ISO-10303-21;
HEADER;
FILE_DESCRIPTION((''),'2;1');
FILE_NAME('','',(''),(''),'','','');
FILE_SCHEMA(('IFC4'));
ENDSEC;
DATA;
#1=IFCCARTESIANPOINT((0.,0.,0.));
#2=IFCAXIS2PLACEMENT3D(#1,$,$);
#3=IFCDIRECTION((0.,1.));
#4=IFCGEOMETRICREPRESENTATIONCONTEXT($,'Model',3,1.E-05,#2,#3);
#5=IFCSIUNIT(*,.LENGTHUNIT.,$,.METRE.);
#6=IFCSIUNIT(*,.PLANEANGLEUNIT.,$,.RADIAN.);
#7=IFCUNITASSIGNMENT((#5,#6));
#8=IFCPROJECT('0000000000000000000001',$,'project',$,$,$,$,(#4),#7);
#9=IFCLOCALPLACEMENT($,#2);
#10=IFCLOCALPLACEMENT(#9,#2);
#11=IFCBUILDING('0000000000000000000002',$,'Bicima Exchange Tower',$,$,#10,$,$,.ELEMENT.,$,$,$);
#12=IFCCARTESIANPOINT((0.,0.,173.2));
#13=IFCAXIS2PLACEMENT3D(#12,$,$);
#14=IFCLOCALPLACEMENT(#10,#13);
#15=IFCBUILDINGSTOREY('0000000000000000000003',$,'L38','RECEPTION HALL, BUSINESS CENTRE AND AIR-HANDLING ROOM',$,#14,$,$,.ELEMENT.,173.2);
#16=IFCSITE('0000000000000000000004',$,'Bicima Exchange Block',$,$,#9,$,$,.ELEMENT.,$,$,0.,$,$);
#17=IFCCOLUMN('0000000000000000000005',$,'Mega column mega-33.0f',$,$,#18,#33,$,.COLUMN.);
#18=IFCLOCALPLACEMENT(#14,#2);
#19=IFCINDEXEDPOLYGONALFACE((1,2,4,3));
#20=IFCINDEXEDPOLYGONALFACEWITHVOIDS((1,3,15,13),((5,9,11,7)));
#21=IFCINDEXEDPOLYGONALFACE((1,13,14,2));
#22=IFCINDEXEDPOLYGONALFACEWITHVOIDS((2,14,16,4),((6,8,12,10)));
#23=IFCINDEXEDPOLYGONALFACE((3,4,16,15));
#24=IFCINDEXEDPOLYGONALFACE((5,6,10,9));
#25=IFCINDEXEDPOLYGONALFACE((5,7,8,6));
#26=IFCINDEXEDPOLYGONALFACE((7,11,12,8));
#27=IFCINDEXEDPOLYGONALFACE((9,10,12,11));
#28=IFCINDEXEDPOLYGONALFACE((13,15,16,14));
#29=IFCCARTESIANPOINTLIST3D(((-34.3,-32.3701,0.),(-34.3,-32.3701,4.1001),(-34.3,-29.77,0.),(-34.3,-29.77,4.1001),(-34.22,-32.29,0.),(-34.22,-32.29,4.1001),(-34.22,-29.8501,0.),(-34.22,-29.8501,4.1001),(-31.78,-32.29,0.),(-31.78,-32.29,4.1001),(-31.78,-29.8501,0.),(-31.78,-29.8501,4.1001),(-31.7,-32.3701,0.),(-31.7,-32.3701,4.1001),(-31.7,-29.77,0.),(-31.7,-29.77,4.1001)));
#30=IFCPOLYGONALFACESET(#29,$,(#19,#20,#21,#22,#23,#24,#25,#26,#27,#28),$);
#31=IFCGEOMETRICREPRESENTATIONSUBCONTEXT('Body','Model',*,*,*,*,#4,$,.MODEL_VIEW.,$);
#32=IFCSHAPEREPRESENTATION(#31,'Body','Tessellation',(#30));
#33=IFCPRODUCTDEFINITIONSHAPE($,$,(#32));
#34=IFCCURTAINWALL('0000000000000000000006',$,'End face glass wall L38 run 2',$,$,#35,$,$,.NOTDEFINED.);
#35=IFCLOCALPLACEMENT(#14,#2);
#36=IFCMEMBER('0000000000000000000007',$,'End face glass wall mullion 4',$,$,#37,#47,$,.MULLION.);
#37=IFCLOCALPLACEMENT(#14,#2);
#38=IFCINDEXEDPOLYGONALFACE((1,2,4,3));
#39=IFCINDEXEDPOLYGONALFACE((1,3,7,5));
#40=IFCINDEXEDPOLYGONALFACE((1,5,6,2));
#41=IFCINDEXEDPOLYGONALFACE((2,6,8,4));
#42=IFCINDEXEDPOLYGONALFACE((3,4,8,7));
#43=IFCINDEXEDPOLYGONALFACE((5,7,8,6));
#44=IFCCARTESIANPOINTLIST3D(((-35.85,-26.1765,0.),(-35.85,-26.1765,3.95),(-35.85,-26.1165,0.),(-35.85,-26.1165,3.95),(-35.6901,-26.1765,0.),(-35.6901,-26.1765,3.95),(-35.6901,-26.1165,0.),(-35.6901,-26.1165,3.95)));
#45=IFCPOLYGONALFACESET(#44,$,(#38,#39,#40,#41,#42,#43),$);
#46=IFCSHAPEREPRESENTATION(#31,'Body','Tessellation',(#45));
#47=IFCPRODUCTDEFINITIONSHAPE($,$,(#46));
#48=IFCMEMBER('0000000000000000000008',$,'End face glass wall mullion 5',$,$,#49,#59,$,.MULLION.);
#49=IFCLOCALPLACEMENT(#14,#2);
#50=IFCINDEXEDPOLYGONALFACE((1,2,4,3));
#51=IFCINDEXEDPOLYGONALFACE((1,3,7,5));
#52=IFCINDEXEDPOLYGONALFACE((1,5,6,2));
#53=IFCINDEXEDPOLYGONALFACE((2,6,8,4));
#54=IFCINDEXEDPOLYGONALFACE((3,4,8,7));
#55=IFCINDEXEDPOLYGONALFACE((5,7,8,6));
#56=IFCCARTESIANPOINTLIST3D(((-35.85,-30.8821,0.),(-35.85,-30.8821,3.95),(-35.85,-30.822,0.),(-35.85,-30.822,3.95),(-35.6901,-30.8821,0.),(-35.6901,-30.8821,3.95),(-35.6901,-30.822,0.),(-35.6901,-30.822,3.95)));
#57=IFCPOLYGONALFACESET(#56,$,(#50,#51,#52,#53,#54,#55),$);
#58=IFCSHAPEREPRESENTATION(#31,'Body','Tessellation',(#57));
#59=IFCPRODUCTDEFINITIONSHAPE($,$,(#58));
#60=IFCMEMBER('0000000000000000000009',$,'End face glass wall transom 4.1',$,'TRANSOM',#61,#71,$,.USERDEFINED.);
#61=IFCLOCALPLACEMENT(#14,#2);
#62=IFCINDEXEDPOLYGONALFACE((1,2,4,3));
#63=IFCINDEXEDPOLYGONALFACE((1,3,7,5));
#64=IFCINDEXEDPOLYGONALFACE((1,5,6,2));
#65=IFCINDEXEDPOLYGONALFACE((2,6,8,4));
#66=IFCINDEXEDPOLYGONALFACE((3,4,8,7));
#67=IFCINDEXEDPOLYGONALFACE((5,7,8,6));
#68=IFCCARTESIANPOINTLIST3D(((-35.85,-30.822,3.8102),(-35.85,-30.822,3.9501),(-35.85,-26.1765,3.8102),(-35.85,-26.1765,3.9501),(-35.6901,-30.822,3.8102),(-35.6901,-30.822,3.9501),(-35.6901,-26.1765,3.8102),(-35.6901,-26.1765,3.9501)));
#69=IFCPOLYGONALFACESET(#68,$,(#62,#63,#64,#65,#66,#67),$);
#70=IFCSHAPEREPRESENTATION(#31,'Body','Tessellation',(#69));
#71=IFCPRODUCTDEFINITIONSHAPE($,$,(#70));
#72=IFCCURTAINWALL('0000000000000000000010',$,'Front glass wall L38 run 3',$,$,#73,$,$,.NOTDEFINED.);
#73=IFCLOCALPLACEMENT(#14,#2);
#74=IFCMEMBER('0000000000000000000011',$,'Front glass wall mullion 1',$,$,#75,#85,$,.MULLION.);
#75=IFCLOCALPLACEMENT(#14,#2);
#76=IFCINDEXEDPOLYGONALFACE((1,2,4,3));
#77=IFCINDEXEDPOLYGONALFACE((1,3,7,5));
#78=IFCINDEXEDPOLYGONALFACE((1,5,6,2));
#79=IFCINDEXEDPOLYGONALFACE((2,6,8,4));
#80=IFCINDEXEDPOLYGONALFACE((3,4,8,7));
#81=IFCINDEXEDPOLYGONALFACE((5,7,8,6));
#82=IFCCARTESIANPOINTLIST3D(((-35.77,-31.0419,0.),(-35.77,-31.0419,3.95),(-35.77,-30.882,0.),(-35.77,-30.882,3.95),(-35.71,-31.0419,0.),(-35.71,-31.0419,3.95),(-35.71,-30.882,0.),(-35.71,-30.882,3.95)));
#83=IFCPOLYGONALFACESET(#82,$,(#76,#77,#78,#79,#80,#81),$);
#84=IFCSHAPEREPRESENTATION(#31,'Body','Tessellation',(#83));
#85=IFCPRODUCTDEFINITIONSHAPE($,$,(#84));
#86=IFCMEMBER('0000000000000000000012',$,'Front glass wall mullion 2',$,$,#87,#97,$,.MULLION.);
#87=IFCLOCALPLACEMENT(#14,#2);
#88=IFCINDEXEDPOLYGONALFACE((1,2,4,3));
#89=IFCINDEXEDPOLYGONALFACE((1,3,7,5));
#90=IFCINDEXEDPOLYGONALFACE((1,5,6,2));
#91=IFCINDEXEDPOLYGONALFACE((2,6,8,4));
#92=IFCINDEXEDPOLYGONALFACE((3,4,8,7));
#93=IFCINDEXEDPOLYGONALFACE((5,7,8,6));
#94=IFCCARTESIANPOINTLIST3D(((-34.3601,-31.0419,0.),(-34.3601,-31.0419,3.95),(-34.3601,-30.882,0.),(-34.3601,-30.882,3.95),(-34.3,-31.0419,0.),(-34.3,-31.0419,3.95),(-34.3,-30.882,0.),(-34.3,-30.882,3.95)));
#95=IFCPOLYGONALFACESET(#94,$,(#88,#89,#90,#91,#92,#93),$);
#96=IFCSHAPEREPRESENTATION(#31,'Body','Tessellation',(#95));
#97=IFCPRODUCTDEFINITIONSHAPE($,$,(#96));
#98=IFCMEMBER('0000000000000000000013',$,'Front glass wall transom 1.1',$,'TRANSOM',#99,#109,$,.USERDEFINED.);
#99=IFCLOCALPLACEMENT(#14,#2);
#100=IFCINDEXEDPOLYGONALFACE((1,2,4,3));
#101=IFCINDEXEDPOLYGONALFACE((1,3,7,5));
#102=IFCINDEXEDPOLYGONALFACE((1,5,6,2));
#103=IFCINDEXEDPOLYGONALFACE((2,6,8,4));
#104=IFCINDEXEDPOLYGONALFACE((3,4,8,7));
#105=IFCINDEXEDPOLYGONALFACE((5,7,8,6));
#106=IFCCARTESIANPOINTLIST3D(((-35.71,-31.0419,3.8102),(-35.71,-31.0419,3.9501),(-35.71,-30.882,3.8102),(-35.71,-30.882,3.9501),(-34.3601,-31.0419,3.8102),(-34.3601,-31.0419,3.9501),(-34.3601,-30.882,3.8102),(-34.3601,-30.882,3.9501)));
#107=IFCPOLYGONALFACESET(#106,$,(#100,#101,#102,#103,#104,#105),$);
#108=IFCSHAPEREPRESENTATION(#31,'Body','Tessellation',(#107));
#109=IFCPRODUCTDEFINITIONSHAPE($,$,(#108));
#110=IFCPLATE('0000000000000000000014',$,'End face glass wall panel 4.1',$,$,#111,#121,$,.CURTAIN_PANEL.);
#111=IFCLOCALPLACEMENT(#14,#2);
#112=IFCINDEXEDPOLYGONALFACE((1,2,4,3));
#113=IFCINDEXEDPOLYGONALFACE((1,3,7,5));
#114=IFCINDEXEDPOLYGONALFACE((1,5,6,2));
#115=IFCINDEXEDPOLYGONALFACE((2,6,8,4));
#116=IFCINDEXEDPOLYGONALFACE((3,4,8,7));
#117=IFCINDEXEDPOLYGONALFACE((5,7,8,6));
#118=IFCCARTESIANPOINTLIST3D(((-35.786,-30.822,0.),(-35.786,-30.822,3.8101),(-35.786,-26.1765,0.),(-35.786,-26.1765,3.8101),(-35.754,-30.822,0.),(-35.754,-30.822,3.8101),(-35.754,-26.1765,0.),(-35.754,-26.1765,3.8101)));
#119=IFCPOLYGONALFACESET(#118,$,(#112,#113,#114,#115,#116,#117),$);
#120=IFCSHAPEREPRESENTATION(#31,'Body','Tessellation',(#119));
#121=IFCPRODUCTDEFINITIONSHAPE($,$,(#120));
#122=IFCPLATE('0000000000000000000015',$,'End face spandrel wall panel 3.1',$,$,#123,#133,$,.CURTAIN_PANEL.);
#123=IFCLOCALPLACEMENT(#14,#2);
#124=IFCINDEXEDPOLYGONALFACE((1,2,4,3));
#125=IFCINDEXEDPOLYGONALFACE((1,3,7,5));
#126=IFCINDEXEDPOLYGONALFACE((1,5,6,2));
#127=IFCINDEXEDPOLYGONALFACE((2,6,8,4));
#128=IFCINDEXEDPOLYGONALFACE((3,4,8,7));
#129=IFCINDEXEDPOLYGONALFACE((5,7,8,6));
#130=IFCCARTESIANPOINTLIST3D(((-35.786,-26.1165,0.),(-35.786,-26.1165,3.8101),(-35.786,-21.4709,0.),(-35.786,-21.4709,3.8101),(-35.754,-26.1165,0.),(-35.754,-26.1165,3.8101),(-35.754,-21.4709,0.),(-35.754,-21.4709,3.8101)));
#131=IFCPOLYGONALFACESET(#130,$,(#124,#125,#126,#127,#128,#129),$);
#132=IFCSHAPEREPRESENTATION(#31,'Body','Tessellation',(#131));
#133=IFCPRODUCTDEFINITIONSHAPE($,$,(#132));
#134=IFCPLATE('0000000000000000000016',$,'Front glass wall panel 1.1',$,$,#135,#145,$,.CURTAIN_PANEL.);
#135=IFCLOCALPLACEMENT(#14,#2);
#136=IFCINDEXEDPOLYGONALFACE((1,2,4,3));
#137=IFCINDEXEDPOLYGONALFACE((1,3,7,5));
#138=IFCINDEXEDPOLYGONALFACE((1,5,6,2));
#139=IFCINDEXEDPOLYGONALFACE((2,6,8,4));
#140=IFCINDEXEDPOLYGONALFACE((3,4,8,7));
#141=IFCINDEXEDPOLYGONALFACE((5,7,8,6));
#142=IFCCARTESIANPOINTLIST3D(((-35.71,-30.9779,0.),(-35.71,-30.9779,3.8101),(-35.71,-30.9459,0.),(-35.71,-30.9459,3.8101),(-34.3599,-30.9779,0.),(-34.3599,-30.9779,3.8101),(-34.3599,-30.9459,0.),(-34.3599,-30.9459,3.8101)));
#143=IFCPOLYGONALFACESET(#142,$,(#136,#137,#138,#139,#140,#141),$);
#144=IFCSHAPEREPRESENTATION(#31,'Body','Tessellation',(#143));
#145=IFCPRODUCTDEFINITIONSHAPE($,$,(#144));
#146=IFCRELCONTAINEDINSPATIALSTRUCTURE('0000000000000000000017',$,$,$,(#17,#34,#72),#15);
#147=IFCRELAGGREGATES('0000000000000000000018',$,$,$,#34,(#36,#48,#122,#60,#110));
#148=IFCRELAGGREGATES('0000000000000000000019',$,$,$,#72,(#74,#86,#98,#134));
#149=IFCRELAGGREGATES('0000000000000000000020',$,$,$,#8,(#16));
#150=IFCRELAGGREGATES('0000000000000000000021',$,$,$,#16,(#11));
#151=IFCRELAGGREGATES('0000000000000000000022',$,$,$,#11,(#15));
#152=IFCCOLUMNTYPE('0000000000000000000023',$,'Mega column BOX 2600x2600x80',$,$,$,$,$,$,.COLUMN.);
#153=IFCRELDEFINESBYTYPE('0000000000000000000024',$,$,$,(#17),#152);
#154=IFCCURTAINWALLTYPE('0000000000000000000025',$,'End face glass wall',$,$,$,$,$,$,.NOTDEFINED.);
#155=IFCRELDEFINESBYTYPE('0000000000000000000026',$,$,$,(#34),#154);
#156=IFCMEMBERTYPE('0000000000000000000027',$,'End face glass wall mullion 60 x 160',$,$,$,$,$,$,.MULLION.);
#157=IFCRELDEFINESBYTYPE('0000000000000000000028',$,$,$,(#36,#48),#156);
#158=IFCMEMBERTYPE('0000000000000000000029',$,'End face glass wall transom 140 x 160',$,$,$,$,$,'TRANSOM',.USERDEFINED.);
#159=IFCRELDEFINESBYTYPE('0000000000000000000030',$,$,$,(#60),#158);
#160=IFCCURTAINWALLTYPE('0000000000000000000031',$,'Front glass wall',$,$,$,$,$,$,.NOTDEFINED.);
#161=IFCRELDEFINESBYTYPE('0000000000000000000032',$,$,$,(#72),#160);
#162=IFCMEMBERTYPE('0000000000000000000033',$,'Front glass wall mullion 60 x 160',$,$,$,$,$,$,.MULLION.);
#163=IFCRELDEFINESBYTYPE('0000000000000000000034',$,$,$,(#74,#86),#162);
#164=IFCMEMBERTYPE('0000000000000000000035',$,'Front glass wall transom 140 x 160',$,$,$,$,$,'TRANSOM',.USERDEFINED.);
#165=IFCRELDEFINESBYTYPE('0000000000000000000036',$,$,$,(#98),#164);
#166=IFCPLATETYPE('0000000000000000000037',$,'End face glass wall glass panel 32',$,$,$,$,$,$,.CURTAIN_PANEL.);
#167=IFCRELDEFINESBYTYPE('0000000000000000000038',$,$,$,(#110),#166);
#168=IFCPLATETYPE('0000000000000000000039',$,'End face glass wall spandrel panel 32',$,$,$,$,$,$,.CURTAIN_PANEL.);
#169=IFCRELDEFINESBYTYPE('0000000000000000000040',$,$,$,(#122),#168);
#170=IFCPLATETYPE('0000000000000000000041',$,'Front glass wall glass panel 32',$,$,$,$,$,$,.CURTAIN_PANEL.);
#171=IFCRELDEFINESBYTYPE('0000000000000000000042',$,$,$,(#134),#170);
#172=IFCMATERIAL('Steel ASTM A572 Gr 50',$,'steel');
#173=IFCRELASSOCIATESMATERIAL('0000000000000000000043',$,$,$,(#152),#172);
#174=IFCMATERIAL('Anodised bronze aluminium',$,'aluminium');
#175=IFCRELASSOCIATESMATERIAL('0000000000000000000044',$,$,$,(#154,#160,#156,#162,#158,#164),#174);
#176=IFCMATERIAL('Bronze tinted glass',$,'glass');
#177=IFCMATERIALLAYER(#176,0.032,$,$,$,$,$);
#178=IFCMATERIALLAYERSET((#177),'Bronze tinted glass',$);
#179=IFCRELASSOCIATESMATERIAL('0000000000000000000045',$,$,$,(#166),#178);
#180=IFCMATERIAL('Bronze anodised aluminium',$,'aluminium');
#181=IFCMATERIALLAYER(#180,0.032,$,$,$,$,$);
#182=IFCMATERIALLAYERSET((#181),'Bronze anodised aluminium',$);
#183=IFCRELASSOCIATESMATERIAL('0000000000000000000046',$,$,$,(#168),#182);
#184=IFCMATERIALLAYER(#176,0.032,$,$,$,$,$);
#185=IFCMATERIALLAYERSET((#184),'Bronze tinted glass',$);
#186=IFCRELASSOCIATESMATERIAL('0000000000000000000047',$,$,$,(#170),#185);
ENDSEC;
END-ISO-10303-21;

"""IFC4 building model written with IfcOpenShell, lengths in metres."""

from ifc_helpers import new_model, si_unit, direction, frame, origin, origin_2d, place, context, subcontext, project, spatial, rectangle, hollow_rectangle, extrude, material, layer, layer_set, material_profile, profile_set, type_object, element, aggregate, save


model = new_model("IFC4")

# Units and contexts
model_context = context("Model", 3, precision=1e-05, world=origin(), true_north=direction((0.0, 1.0)))
body_context = subcontext(model_context, "Body", "Model", "MODEL_VIEW")
ifc_project = project(units=[si_unit("LENGTHUNIT", "METRE"), si_unit("PLANEANGLEUNIT", "RADIAN")], contexts=[model_context])

# Site, building, storey
site_placement = place(None, origin())
site = spatial("IfcSite", under=ifc_project, at=site_placement, Name="Bicima Exchange Block", CompositionType="ELEMENT", RefElevation=0.0)
building_placement = place(site_placement, origin())
building = spatial("IfcBuilding", under=site, at=building_placement, Name="Bicima Exchange Tower", CompositionType="ELEMENT")
storey_placement = place(building_placement, frame((0.0, 0.0, 173.2)))
storey = spatial("IfcBuildingStorey", under=building, at=storey_placement, Name="L38", Description="RECEPTION HALL, BUSINESS CENTRE AND AIR-HANDLING ROOM", CompositionType="ELEMENT", Elevation=173.2)

# Column
ifc_material_1 = material(Name="Steel ASTM A572 Gr 50", Category="steel")
ifc_material_profile_1 = material_profile(ifc_material_1, hollow_rectangle(XDim=2.6001, YDim=2.6001, WallThickness=0.0801, at=origin_2d()))
ifc_profile_set_1 = profile_set([ifc_material_profile_1], Name="Steel ASTM A572 Gr 50")
column_type = type_object("IfcColumnType", Name="Mega column BOX 2600x2600x80", PredefinedType="COLUMN", material=ifc_profile_set_1)
column_placement = place(storey_placement, frame((-33.0, -31.0701, 0.0), z_axis=(0.0, 0.0, 1.0), x_axis=(1.0, 0.0, 0.0)))
element("IfcColumn", 1, at=column_placement, inside=storey, type_object=column_type, Name="Mega column mega-33.0f", PredefinedType="COLUMN", context=body_context, shape_type="SweptSolid", body=[
    extrude(hollow_rectangle(XDim=2.6001, YDim=2.6001, WallThickness=0.0801, at=origin_2d()), origin(), (0.0, 0.0, 1.0), 4.1001),
])

# Curtain walls, members
ifc_material_2 = material(Name="Anodised bronze aluminium", Category="aluminium")
curtain_wall_type_1 = type_object("IfcCurtainWallType", Name="End face glass wall", PredefinedType="NOTDEFINED", material=ifc_material_2)
curtain_wall_1_placement = place(storey_placement, origin())
curtain_wall_1 = element("IfcCurtainWall", 2, at=curtain_wall_1_placement, inside=storey, type_object=curtain_wall_type_1, Name="End face glass wall L38 run 2", PredefinedType="NOTDEFINED")
ifc_material_profile_2 = material_profile(ifc_material_2, rectangle(XDim=0.1599, YDim=0.0601, at=origin_2d()))
ifc_profile_set_2 = profile_set([ifc_material_profile_2], Name="Anodised bronze aluminium")
member_type_1 = type_object("IfcMemberType", Name="End face glass wall mullion 60 x 160", PredefinedType="MULLION", material=ifc_profile_set_2)
member_1_placement = place(storey_placement, frame((-35.77, -26.1465, 0.0), z_axis=(0.0, 0.0, 1.0), x_axis=(1.0, 0.0, 0.0)))
member_1 = element("IfcMember", 3, at=member_1_placement, type_object=member_type_1, Name="End face glass wall mullion 4", PredefinedType="MULLION", context=body_context, shape_type="SweptSolid", body=[
    extrude(rectangle(XDim=0.1599, YDim=0.0601, at=origin_2d()), origin(), (0.0, 0.0, 1.0), 3.95),
])
member_2_placement = place(storey_placement, frame((-35.77, -30.8521, 0.0), z_axis=(0.0, 0.0, 1.0), x_axis=(1.0, 0.0, 0.0)))
member_2 = element("IfcMember", 4, at=member_2_placement, type_object=member_type_1, Name="End face glass wall mullion 5", PredefinedType="MULLION", context=body_context, shape_type="SweptSolid", body=[
    extrude(rectangle(XDim=0.1599, YDim=0.0601, at=origin_2d()), origin(), (0.0, 0.0, 1.0), 3.95),
])
ifc_material_profile_3 = material_profile(ifc_material_2, rectangle(XDim=0.1599, YDim=0.1399, at=origin_2d()))
ifc_profile_set_3 = profile_set([ifc_material_profile_3], Name="Anodised bronze aluminium")
member_type_2 = type_object("IfcMemberType", Name="End face glass wall transom 140 x 160", ElementType="TRANSOM", PredefinedType="USERDEFINED", material=ifc_profile_set_3)
member_3_placement = place(storey_placement, frame((-35.77, -26.1765, 3.8801), z_axis=(0.0, -1.0, 0.0), x_axis=(1.0, 0.0, 0.0)))
member_3 = element("IfcMember", 5, at=member_3_placement, type_object=member_type_2, Name="End face glass wall transom 4.1", ObjectType="TRANSOM", PredefinedType="USERDEFINED", context=body_context, shape_type="SweptSolid", body=[
    extrude(rectangle(XDim=0.1599, YDim=0.1399, at=origin_2d()), origin(), (0.0, 0.0, 1.0), 4.6455),
])
curtain_wall_type_2 = type_object("IfcCurtainWallType", Name="Front glass wall", PredefinedType="NOTDEFINED", material=ifc_material_2)
curtain_wall_2_placement = place(storey_placement, origin())
curtain_wall_2 = element("IfcCurtainWall", 6, at=curtain_wall_2_placement, inside=storey, type_object=curtain_wall_type_2, Name="Front glass wall L38 run 3", PredefinedType="NOTDEFINED")
member_type_3 = type_object("IfcMemberType", Name="Front glass wall mullion 60 x 160", PredefinedType="MULLION", material=ifc_profile_set_2)
member_4_placement = place(storey_placement, frame((-35.74, -30.9619, 0.0), z_axis=(0.0, 0.0, 1.0), x_axis=(0.0, 1.0, 0.0)))
member_4 = element("IfcMember", 7, at=member_4_placement, type_object=member_type_3, Name="Front glass wall mullion 1", PredefinedType="MULLION", context=body_context, shape_type="SweptSolid", body=[
    extrude(rectangle(XDim=0.1599, YDim=0.0601, at=origin_2d()), origin(), (0.0, 0.0, 1.0), 3.95),
])
member_5_placement = place(storey_placement, frame((-34.3301, -30.9619, 0.0), z_axis=(0.0, 0.0, 1.0), x_axis=(0.0, 1.0, 0.0)))
member_5 = element("IfcMember", 8, at=member_5_placement, type_object=member_type_3, Name="Front glass wall mullion 2", PredefinedType="MULLION", context=body_context, shape_type="SweptSolid", body=[
    extrude(rectangle(XDim=0.1599, YDim=0.0601, at=origin_2d()), origin(), (0.0, 0.0, 1.0), 3.95),
])
member_type_4 = type_object("IfcMemberType", Name="Front glass wall transom 140 x 160", ElementType="TRANSOM", PredefinedType="USERDEFINED", material=ifc_profile_set_3)
member_6_placement = place(storey_placement, frame((-35.71, -30.9619, 3.8801), z_axis=(1.0, 0.0, 0.0), x_axis=(0.0, 1.0, 0.0)))
member_6 = element("IfcMember", 9, at=member_6_placement, type_object=member_type_4, Name="Front glass wall transom 1.1", ObjectType="TRANSOM", PredefinedType="USERDEFINED", context=body_context, shape_type="SweptSolid", body=[
    extrude(rectangle(XDim=0.1599, YDim=0.1399, at=origin_2d()), origin(), (0.0, 0.0, 1.0), 1.3499),
])

# Plates
ifc_material_3 = material(Name="Bronze tinted glass", Category="glass")
ifc_layer_1 = layer(ifc_material_3, 0.032)
ifc_layer_set_1 = layer_set([ifc_layer_1], Name="Bronze tinted glass")
plate_type_1 = type_object("IfcPlateType", Name="End face glass wall glass panel 32", PredefinedType="CURTAIN_PANEL", material=ifc_layer_set_1)
plate_1_placement = place(storey_placement, frame((-35.77, -28.4993, 0.0), z_axis=(0.0, 0.0, 1.0), x_axis=(0.0, -1.0, 0.0)))
plate_1 = element("IfcPlate", 10, at=plate_1_placement, type_object=plate_type_1, Name="End face glass wall panel 4.1", PredefinedType="CURTAIN_PANEL", context=body_context, shape_type="SweptSolid", body=[
    extrude(rectangle(XDim=4.6455, YDim=0.032, at=origin_2d()), origin(), (0.0, 0.0, 1.0), 3.8101),
])
ifc_material_4 = material(Name="Bronze anodised aluminium", Category="aluminium")
ifc_layer_2 = layer(ifc_material_4, 0.032)
ifc_layer_set_2 = layer_set([ifc_layer_2], Name="Bronze anodised aluminium")
plate_type_2 = type_object("IfcPlateType", Name="End face glass wall spandrel panel 32", PredefinedType="CURTAIN_PANEL", material=ifc_layer_set_2)
plate_2_placement = place(storey_placement, frame((-35.77, -23.7937, 0.0), z_axis=(0.0, 0.0, 1.0), x_axis=(0.0, -1.0, 0.0)))
plate_2 = element("IfcPlate", 11, at=plate_2_placement, type_object=plate_type_2, Name="End face spandrel wall panel 3.1", PredefinedType="CURTAIN_PANEL", context=body_context, shape_type="SweptSolid", body=[
    extrude(rectangle(XDim=4.6455, YDim=0.032, at=origin_2d()), origin(), (0.0, 0.0, 1.0), 3.8101),
])
aggregate(curtain_wall_1, [member_1, member_2, plate_2, member_3, plate_1])
ifc_layer_3 = layer(ifc_material_3, 0.032)
ifc_layer_set_3 = layer_set([ifc_layer_3], Name="Bronze tinted glass")
plate_type_3 = type_object("IfcPlateType", Name="Front glass wall glass panel 32", PredefinedType="CURTAIN_PANEL", material=ifc_layer_set_3)
plate_3_placement = place(storey_placement, frame((-35.0349, -30.9619, 0.0), z_axis=(0.0, 0.0, 1.0), x_axis=(1.0, 0.0, 0.0)))
plate_3 = element("IfcPlate", 12, at=plate_3_placement, type_object=plate_type_3, Name="Front glass wall panel 1.1", PredefinedType="CURTAIN_PANEL", context=body_context, shape_type="SweptSolid", body=[
    extrude(rectangle(XDim=1.3501, YDim=0.032, at=origin_2d()), origin(), (0.0, 0.0, 1.0), 3.8101),
])
aggregate(curtain_wall_2, [member_4, member_5, member_6, plate_3])

save(model, "model.ifc")
